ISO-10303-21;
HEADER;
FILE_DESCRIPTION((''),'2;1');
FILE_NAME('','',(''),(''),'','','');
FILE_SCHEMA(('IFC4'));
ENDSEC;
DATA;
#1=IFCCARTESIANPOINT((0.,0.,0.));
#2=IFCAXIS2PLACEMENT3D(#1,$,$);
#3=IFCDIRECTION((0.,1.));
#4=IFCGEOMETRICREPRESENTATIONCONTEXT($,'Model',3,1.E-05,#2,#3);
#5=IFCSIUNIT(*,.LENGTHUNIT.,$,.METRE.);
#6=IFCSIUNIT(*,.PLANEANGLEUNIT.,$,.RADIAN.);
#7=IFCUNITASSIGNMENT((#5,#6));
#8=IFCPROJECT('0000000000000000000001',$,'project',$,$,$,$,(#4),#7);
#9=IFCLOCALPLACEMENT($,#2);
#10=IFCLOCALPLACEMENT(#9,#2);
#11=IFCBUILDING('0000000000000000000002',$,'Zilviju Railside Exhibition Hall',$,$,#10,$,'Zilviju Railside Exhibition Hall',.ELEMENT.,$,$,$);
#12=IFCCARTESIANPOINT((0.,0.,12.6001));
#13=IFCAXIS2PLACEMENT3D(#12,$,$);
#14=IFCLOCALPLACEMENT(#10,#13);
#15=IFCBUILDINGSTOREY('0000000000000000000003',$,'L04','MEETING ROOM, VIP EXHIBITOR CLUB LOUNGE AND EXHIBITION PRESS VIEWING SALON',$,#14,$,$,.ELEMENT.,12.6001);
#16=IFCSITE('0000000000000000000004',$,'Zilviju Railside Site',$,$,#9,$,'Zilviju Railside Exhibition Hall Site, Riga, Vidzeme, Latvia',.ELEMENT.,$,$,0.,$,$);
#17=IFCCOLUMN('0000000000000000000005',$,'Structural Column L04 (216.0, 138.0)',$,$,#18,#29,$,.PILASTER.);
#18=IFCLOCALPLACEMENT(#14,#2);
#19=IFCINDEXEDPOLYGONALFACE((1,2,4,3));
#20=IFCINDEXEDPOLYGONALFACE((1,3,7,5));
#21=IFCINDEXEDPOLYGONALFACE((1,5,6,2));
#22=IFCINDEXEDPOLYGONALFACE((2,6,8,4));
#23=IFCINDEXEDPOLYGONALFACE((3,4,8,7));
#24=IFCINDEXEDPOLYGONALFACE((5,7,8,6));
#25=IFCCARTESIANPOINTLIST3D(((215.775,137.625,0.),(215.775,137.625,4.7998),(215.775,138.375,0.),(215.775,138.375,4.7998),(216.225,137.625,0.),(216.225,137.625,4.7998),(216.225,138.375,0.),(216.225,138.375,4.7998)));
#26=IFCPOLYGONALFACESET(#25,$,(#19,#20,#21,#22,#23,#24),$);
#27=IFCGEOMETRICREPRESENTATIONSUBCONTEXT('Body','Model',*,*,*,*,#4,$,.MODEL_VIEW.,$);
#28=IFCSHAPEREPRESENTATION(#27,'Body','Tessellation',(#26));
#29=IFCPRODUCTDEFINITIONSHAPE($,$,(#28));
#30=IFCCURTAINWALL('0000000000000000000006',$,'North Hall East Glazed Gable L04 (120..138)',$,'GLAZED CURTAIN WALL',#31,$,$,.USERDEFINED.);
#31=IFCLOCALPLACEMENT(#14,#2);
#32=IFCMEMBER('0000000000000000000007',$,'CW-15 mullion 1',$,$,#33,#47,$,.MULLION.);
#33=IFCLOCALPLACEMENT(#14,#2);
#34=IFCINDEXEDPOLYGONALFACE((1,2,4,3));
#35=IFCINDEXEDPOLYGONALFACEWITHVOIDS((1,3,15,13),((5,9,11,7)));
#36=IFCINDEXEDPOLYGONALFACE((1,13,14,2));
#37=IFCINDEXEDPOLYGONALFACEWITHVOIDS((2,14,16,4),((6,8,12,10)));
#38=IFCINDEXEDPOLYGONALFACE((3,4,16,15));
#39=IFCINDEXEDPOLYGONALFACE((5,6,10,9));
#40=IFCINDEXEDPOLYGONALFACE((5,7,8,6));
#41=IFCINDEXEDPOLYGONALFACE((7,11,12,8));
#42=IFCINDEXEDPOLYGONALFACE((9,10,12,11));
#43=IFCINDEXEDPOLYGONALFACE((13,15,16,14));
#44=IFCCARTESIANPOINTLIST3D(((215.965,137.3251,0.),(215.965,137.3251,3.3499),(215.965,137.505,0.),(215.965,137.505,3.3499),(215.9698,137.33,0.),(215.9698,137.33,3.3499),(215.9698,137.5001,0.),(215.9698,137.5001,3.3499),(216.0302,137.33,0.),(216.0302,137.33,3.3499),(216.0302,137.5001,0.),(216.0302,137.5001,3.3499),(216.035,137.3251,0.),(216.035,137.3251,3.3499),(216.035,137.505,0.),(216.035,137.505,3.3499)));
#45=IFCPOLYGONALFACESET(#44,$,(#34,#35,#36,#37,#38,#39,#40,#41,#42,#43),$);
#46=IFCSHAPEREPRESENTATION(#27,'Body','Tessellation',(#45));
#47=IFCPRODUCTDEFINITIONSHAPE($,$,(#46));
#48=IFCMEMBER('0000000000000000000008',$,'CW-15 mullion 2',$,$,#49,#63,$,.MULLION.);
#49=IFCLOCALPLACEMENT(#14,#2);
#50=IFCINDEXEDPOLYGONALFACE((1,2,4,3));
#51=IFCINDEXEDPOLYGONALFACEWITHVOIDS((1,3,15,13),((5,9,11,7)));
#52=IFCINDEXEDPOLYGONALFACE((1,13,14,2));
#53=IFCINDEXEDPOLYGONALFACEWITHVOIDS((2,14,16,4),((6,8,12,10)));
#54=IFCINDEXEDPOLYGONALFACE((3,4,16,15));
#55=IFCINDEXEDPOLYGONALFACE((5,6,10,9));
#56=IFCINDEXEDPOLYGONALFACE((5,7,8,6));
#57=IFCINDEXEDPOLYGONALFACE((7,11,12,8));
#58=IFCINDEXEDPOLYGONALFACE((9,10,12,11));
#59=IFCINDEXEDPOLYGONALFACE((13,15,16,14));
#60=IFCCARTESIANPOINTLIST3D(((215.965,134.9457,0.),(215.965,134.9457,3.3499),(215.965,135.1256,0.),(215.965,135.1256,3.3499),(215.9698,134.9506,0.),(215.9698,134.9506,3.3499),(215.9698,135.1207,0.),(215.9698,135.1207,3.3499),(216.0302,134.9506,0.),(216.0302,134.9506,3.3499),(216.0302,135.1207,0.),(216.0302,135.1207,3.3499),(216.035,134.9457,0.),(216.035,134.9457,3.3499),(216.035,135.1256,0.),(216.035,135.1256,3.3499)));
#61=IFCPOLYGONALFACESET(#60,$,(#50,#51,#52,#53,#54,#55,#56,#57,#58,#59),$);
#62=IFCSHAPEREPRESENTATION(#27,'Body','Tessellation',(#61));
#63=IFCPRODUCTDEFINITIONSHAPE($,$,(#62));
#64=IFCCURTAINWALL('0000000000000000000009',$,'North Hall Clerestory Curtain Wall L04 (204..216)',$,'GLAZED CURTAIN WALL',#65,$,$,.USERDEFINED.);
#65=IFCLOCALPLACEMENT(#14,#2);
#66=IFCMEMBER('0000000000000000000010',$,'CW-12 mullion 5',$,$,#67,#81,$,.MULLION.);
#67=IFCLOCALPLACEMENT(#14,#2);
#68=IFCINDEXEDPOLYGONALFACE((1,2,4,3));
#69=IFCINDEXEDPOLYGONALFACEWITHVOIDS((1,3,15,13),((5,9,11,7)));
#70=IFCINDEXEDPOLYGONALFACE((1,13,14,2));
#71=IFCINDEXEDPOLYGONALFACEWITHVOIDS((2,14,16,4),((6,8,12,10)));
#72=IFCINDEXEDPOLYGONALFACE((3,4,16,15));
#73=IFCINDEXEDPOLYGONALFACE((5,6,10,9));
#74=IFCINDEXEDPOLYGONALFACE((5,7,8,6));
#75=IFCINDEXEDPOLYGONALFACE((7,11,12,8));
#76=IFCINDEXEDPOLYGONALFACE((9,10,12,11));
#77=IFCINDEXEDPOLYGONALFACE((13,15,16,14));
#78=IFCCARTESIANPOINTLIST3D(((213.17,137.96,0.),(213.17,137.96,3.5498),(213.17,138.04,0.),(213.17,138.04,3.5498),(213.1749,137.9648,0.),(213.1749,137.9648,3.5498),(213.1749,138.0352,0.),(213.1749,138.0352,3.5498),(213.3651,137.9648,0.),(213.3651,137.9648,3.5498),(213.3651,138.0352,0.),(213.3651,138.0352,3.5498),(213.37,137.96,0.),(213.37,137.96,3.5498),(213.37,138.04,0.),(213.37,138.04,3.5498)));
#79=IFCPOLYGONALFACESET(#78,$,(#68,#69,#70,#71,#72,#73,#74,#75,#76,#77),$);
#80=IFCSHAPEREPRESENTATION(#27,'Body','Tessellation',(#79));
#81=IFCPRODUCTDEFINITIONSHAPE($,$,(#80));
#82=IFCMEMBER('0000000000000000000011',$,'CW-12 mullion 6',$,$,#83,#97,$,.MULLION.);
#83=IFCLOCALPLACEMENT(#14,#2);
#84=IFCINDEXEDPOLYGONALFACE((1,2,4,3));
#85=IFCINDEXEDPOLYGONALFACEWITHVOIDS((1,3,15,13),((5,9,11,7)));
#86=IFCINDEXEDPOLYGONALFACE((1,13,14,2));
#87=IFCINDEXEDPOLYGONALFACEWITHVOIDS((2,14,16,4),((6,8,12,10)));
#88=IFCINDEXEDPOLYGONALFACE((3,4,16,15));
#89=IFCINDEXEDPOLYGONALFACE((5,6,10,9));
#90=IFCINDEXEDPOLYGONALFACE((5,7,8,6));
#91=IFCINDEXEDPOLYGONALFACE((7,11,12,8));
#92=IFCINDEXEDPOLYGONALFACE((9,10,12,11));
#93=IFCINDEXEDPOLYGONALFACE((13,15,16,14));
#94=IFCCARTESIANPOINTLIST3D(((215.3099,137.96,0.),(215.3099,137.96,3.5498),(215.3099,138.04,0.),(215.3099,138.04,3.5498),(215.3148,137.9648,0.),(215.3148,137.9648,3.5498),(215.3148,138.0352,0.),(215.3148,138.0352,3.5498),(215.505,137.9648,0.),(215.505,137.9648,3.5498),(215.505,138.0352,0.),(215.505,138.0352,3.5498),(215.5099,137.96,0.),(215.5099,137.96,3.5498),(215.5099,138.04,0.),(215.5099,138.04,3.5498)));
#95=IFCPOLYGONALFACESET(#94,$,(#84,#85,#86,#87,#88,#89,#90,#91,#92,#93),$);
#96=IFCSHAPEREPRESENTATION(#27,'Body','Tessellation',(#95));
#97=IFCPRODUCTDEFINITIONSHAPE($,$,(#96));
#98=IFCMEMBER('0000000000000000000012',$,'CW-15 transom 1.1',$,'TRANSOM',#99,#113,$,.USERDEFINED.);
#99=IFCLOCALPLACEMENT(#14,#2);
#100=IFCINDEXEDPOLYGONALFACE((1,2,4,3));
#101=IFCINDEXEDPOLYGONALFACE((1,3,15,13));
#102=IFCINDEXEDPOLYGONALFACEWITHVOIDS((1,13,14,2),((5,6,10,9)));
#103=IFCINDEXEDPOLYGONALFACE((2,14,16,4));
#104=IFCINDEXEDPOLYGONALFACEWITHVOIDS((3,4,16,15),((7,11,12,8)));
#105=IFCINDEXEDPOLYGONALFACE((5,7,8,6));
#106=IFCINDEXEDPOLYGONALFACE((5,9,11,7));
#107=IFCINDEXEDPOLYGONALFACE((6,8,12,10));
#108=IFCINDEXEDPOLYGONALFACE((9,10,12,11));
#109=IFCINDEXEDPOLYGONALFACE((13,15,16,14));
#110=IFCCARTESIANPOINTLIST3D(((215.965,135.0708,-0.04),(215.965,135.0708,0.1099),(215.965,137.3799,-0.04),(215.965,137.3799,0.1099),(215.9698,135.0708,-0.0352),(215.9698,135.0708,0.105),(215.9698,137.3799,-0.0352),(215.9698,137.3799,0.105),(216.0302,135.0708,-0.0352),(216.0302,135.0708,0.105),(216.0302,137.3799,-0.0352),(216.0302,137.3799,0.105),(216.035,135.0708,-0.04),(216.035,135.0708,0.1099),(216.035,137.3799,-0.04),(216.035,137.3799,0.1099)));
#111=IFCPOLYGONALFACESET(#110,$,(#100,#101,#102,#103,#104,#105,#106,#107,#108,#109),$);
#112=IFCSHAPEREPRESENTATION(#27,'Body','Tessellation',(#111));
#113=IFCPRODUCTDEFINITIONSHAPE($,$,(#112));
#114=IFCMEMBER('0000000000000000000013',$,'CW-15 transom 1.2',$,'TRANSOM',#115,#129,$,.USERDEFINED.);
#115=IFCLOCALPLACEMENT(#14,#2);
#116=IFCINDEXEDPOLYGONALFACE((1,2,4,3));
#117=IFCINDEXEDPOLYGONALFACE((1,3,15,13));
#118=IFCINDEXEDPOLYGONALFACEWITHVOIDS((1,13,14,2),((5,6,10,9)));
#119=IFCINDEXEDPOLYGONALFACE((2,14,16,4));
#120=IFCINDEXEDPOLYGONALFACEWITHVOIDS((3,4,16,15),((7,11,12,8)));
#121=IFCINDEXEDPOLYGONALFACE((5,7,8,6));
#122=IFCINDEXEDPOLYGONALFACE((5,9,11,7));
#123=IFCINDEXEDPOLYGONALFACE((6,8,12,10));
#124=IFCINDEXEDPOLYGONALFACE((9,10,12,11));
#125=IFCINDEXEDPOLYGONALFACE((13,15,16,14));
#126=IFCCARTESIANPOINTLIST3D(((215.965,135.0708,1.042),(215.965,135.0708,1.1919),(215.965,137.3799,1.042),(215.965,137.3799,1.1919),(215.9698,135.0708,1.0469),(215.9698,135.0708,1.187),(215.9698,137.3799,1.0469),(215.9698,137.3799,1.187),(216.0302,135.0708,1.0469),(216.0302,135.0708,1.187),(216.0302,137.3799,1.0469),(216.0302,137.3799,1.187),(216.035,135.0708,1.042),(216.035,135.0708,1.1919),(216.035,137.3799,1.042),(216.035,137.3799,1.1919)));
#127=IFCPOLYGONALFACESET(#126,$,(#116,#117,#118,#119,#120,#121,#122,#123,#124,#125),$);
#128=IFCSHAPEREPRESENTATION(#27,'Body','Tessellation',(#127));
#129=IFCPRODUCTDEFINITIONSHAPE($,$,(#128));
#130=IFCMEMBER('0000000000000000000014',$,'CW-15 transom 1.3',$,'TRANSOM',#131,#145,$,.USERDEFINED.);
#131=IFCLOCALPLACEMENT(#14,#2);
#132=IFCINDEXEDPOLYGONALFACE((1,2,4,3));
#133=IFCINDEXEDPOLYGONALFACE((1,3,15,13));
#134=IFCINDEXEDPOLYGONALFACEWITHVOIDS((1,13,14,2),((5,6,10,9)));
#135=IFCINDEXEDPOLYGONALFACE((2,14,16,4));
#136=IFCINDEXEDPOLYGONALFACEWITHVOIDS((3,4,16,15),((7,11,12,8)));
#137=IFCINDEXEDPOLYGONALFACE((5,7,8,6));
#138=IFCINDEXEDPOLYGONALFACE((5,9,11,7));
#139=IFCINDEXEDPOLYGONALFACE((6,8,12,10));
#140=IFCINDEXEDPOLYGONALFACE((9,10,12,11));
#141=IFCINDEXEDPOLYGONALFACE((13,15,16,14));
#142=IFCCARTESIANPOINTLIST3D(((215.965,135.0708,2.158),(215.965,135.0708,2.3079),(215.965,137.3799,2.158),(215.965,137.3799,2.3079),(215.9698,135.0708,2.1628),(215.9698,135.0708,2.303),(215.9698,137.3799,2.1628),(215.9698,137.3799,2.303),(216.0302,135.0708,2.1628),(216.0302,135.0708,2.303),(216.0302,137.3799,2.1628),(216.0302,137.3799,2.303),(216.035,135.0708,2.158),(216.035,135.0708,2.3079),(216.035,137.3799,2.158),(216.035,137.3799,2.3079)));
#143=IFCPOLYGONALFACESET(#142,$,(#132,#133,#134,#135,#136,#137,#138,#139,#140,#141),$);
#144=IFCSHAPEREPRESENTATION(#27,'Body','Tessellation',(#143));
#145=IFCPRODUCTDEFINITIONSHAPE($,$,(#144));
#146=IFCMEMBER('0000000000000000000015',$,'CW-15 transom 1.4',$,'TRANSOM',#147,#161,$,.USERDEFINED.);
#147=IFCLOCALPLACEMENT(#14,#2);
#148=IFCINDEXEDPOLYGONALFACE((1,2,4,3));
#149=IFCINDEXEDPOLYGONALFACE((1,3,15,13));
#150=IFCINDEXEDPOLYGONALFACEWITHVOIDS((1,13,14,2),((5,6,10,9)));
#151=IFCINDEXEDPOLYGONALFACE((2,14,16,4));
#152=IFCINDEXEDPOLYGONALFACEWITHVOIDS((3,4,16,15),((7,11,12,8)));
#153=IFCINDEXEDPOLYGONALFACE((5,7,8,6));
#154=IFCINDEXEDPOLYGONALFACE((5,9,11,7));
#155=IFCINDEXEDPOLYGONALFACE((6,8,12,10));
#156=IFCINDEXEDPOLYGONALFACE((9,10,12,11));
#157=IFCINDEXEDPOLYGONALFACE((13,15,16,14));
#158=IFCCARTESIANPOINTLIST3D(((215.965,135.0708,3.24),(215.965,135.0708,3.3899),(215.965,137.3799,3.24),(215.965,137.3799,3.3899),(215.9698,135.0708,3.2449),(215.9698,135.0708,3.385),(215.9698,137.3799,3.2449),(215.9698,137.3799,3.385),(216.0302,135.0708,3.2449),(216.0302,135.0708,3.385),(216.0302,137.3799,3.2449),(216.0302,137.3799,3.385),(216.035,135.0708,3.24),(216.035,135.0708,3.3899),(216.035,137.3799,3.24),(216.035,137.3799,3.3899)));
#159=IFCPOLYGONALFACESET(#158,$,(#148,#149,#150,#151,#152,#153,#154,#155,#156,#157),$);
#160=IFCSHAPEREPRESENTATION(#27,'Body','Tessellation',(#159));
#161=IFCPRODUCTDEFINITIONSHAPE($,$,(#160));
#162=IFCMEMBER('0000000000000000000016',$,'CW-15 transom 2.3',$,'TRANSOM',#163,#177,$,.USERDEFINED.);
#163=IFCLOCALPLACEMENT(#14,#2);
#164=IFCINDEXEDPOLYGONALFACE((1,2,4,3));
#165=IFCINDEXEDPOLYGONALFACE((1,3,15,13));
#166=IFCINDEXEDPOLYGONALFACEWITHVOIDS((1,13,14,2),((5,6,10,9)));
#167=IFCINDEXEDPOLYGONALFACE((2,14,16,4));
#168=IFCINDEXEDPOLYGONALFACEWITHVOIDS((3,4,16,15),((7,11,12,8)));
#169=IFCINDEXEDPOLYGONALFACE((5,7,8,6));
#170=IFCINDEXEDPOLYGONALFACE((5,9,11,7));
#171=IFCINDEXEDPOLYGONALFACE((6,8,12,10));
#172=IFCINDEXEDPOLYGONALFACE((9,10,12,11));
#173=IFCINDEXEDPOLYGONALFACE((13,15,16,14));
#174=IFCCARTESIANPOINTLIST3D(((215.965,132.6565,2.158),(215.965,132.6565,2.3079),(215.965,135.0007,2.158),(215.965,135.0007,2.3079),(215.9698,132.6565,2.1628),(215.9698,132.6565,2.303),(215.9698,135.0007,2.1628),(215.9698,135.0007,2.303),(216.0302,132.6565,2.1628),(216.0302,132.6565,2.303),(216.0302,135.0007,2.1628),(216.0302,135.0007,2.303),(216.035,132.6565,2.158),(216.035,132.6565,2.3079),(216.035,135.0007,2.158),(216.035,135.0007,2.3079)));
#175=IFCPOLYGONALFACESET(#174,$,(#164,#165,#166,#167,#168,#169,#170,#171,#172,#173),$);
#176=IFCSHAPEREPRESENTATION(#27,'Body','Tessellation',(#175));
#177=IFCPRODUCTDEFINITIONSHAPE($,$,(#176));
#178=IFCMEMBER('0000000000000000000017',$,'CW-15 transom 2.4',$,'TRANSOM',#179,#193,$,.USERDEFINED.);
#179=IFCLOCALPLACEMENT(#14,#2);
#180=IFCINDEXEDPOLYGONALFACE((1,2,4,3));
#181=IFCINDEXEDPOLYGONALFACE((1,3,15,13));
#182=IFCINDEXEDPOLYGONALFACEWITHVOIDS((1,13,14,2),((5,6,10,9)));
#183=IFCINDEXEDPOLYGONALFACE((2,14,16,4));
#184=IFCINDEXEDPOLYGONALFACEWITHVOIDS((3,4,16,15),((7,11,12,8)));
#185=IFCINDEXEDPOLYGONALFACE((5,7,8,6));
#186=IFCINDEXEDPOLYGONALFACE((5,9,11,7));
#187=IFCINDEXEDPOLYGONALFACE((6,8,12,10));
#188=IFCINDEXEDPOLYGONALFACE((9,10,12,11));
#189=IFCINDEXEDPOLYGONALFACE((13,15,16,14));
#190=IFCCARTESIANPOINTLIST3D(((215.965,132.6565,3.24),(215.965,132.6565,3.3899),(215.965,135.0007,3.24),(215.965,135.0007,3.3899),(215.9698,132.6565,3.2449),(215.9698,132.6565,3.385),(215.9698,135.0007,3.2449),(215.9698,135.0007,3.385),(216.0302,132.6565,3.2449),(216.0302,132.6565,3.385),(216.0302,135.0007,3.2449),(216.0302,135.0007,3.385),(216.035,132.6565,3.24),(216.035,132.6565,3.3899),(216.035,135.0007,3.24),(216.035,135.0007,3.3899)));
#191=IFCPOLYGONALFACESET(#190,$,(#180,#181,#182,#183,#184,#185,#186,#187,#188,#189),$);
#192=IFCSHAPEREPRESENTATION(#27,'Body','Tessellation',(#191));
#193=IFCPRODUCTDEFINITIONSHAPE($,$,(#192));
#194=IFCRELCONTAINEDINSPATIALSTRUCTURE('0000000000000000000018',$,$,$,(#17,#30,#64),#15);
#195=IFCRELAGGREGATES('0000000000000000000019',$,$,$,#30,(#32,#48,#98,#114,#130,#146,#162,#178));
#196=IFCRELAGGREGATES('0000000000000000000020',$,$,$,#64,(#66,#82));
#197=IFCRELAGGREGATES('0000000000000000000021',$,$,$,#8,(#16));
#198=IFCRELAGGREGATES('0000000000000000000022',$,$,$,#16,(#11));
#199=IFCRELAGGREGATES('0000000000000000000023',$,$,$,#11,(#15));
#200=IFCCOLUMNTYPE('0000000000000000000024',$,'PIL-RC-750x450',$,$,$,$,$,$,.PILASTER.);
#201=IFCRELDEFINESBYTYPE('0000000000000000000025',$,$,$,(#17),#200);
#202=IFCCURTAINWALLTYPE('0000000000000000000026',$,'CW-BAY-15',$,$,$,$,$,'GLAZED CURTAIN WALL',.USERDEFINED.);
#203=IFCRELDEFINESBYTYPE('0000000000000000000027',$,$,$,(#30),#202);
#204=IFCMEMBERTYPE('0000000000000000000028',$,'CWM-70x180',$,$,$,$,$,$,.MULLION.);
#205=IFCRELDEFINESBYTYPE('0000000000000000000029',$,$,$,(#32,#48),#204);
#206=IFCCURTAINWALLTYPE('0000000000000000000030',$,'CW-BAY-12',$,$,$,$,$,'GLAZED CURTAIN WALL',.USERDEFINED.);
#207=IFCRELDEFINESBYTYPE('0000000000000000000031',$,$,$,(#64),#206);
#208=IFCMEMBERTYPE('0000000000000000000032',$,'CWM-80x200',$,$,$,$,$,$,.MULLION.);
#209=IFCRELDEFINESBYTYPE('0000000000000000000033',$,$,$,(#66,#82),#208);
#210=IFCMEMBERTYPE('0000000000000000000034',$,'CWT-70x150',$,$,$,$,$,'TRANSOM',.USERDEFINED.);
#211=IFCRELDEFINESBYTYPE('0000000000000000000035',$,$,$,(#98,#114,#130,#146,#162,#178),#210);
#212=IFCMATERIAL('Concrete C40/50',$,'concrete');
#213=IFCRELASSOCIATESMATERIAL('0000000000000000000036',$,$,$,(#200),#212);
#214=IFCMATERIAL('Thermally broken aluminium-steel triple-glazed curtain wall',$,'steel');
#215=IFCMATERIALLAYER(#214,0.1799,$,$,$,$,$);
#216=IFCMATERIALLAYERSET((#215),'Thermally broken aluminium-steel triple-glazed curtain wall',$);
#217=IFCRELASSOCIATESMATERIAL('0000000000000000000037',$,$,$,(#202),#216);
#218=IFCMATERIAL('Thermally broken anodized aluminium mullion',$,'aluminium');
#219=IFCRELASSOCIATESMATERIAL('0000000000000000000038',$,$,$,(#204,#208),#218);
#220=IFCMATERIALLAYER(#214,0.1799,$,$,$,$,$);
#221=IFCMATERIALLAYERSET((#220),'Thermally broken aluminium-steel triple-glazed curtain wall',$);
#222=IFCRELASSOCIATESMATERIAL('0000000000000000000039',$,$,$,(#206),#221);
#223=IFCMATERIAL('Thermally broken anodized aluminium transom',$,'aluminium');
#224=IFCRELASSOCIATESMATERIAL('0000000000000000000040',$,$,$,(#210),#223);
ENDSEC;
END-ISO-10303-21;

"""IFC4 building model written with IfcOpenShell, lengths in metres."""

from ifc_helpers import new_model, si_unit, direction, frame, origin, origin_2d, place, context, subcontext, project, spatial, rectangle, hollow_rectangle, extrude, material, layer, layer_set, material_profile, profile_set, type_object, element, aggregate, save


model = new_model("IFC4")

# Units and contexts
model_context = context("Model", 3, precision=1e-05, world=origin(), true_north=direction((0.0, 1.0)))
body_context = subcontext(model_context, "Body", "Model", "MODEL_VIEW")
ifc_project = project(units=[si_unit("LENGTHUNIT", "METRE"), si_unit("PLANEANGLEUNIT", "RADIAN")], contexts=[model_context])

# Site, building, storey
site_placement = place(None, origin())
site = spatial("IfcSite", under=ifc_project, at=site_placement, Name="Zilviju Railside Site", LongName="Zilviju Railside Exhibition Hall Site, Riga, Vidzeme, Latvia", CompositionType="ELEMENT", RefElevation=0.0)
building_placement = place(site_placement, origin())
building = spatial("IfcBuilding", under=site, at=building_placement, Name="Zilviju Railside Exhibition Hall", LongName="Zilviju Railside Exhibition Hall", CompositionType="ELEMENT")
storey_placement = place(building_placement, frame((0.0, 0.0, 12.6001)))
storey = spatial("IfcBuildingStorey", under=building, at=storey_placement, Name="L04", Description="MEETING ROOM, VIP EXHIBITOR CLUB LOUNGE AND EXHIBITION PRESS VIEWING SALON", CompositionType="ELEMENT", Elevation=12.6001)

# Column
ifc_material_1 = material(Name="Concrete C40/50", Category="concrete")
ifc_material_profile_1 = material_profile(ifc_material_1, rectangle(XDim=0.45, YDim=0.75, at=origin_2d()), Name="RC COL 450x750")
ifc_profile_set_1 = profile_set([ifc_material_profile_1], Name="Concrete C40/50")
column_type = type_object("IfcColumnType", Name="PIL-RC-750x450", PredefinedType="PILASTER", material=ifc_profile_set_1)
column_placement = place(storey_placement, frame((216.0, 138.0, 0.0), z_axis=(0.0, 0.0, 1.0), x_axis=(1.0, 0.0, 0.0)))
element("IfcColumn", 1, at=column_placement, inside=storey, type_object=column_type, Name="Structural Column L04 (216.0, 138.0)", PredefinedType="PILASTER", context=body_context, shape_type="SweptSolid", body=[
    extrude(rectangle(XDim=0.45, YDim=0.75, at=origin_2d()), origin(), (0.0, 0.0, 1.0), 4.7998),
])

# Curtain walls, members
ifc_material_2 = material(Name="Thermally broken aluminium-steel triple-glazed curtain wall", Category="steel")
ifc_layer_1 = layer(ifc_material_2, 0.1799)
ifc_layer_set_1 = layer_set([ifc_layer_1], Name="Thermally broken aluminium-steel triple-glazed curtain wall")
curtain_wall_type_1 = type_object("IfcCurtainWallType", Name="CW-BAY-15", ElementType="GLAZED CURTAIN WALL", PredefinedType="USERDEFINED", material=ifc_layer_set_1)
curtain_wall_1_placement = place(storey_placement, origin())
curtain_wall_1 = element("IfcCurtainWall", 2, at=curtain_wall_1_placement, inside=storey, type_object=curtain_wall_type_1, Name="North Hall East Glazed Gable L04 (120..138)", ObjectType="GLAZED CURTAIN WALL", PredefinedType="USERDEFINED")
ifc_material_3 = material(Name="Thermally broken anodized aluminium mullion", Category="aluminium")
ifc_material_profile_2 = material_profile(ifc_material_3, hollow_rectangle(XDim=0.0701, YDim=0.1799, WallThickness=0.0049, at=origin_2d()), Name="MULLION 180x70x5")
ifc_profile_set_2 = profile_set([ifc_material_profile_2], Name="Thermally broken anodized aluminium mullion")
member_type_1 = type_object("IfcMemberType", Name="CWM-70x180", PredefinedType="MULLION", material=ifc_profile_set_2)
member_1_placement = place(storey_placement, frame((216.0, 137.415, 0.0), z_axis=(0.0, 0.0, 1.0), x_axis=(1.0, 0.0, 0.0)))
member_1 = element("IfcMember", 3, at=member_1_placement, type_object=member_type_1, Name="CW-15 mullion 1", PredefinedType="MULLION", context=body_context, shape_type="SweptSolid", body=[
    extrude(hollow_rectangle(XDim=0.0701, YDim=0.1799, WallThickness=0.0049, at=origin_2d()), origin(), (0.0, 0.0, 1.0), 3.3499),
])
member_2_placement = place(storey_placement, frame((216.0, 135.0356, 0.0), z_axis=(0.0, 0.0, 1.0), x_axis=(1.0, 0.0, 0.0)))
member_2 = element("IfcMember", 4, at=member_2_placement, type_object=member_type_1, Name="CW-15 mullion 2", PredefinedType="MULLION", context=body_context, shape_type="SweptSolid", body=[
    extrude(hollow_rectangle(XDim=0.0701, YDim=0.1799, WallThickness=0.0049, at=origin_2d()), origin(), (0.0, 0.0, 1.0), 3.3499),
])
ifc_layer_2 = layer(ifc_material_2, 0.1799)
ifc_layer_set_2 = layer_set([ifc_layer_2], Name="Thermally broken aluminium-steel triple-glazed curtain wall")
curtain_wall_type_2 = type_object("IfcCurtainWallType", Name="CW-BAY-12", ElementType="GLAZED CURTAIN WALL", PredefinedType="USERDEFINED", material=ifc_layer_set_2)
curtain_wall_2_placement = place(storey_placement, origin())
curtain_wall_2 = element("IfcCurtainWall", 5, at=curtain_wall_2_placement, inside=storey, type_object=curtain_wall_type_2, Name="North Hall Clerestory Curtain Wall L04 (204..216)", ObjectType="GLAZED CURTAIN WALL", PredefinedType="USERDEFINED")
ifc_material_profile_3 = material_profile(ifc_material_3, hollow_rectangle(XDim=0.0801, YDim=0.2, WallThickness=0.0049, at=origin_2d()), Name="MULLION 200x80x5")
ifc_profile_set_3 = profile_set([ifc_material_profile_3], Name="Thermally broken anodized aluminium mullion")
member_type_2 = type_object("IfcMemberType", Name="CWM-80x200", PredefinedType="MULLION", material=ifc_profile_set_3)
member_3_placement = place(storey_placement, frame((213.27, 138.0, 0.0), z_axis=(0.0, 0.0, 1.0), x_axis=(0.0, 1.0, 0.0)))
member_3 = element("IfcMember", 6, at=member_3_placement, type_object=member_type_2, Name="CW-12 mullion 5", PredefinedType="MULLION", context=body_context, shape_type="SweptSolid", body=[
    extrude(hollow_rectangle(XDim=0.0801, YDim=0.2, WallThickness=0.0049, at=origin_2d()), origin(), (0.0, 0.0, 1.0), 3.5498),
])
member_4_placement = place(storey_placement, frame((215.4099, 138.0, 0.0), z_axis=(0.0, 0.0, 1.0), x_axis=(0.0, 1.0, 0.0)))
member_4 = element("IfcMember", 7, at=member_4_placement, type_object=member_type_2, Name="CW-12 mullion 6", PredefinedType="MULLION", context=body_context, shape_type="SweptSolid", body=[
    extrude(hollow_rectangle(XDim=0.0801, YDim=0.2, WallThickness=0.0049, at=origin_2d()), origin(), (0.0, 0.0, 1.0), 3.5498),
])

# Members
ifc_material_4 = material(Name="Thermally broken anodized aluminium transom", Category="aluminium")
ifc_material_profile_4 = material_profile(ifc_material_4, hollow_rectangle(XDim=0.0701, YDim=0.1499, WallThickness=0.0049, at=origin_2d()), Name="TRANSOM 150x70x5")
ifc_profile_set_4 = profile_set([ifc_material_profile_4], Name="Thermally broken anodized aluminium transom")
member_type_3 = type_object("IfcMemberType", Name="CWT-70x150", ElementType="TRANSOM", PredefinedType="USERDEFINED", material=ifc_profile_set_4)
member_5_placement = place(storey_placement, frame((216.0, 137.3799, 0.0349), z_axis=(0.0, -1.0, 0.0), x_axis=(1.0, 0.0, 0.0)))
member_5 = element("IfcMember", 8, at=member_5_placement, type_object=member_type_3, Name="CW-15 transom 1.1", ObjectType="TRANSOM", PredefinedType="USERDEFINED", context=body_context, shape_type="SweptSolid", body=[
    extrude(hollow_rectangle(XDim=0.0701, YDim=0.1499, WallThickness=0.0049, at=origin_2d()), origin(), (0.0, 0.0, 1.0), 2.3091),
])
member_6_placement = place(storey_placement, frame((216.0, 137.3799, 1.1169), z_axis=(0.0, -1.0, 0.0), x_axis=(1.0, 0.0, 0.0)))
member_6 = element("IfcMember", 9, at=member_6_placement, type_object=member_type_3, Name="CW-15 transom 1.2", ObjectType="TRANSOM", PredefinedType="USERDEFINED", context=body_context, shape_type="SweptSolid", body=[
    extrude(hollow_rectangle(XDim=0.0701, YDim=0.1499, WallThickness=0.0049, at=origin_2d()), origin(), (0.0, 0.0, 1.0), 2.3091),
])
member_7_placement = place(storey_placement, frame((216.0, 137.3799, 2.2329), z_axis=(0.0, -1.0, 0.0), x_axis=(1.0, 0.0, 0.0)))
member_7 = element("IfcMember", 10, at=member_7_placement, type_object=member_type_3, Name="CW-15 transom 1.3", ObjectType="TRANSOM", PredefinedType="USERDEFINED", context=body_context, shape_type="SweptSolid", body=[
    extrude(hollow_rectangle(XDim=0.0701, YDim=0.1499, WallThickness=0.0049, at=origin_2d()), origin(), (0.0, 0.0, 1.0), 2.3091),
])
member_8_placement = place(storey_placement, frame((216.0, 137.3799, 3.3149), z_axis=(0.0, -1.0, 0.0), x_axis=(1.0, 0.0, 0.0)))
member_8 = element("IfcMember", 11, at=member_8_placement, type_object=member_type_3, Name="CW-15 transom 1.4", ObjectType="TRANSOM", PredefinedType="USERDEFINED", context=body_context, shape_type="SweptSolid", body=[
    extrude(hollow_rectangle(XDim=0.0701, YDim=0.1499, WallThickness=0.0049, at=origin_2d()), origin(), (0.0, 0.0, 1.0), 2.3091),
])
member_9_placement = place(storey_placement, frame((216.0, 135.0007, 2.2329), z_axis=(0.0, -1.0, 0.0), x_axis=(1.0, 0.0, 0.0)))
member_9 = element("IfcMember", 12, at=member_9_placement, type_object=member_type_3, Name="CW-15 transom 2.3", ObjectType="TRANSOM", PredefinedType="USERDEFINED", context=body_context, shape_type="SweptSolid", body=[
    extrude(hollow_rectangle(XDim=0.0701, YDim=0.1499, WallThickness=0.0049, at=origin_2d()), origin(), (0.0, 0.0, 1.0), 2.3442),
])
member_10_placement = place(storey_placement, frame((216.0, 135.0007, 3.3149), z_axis=(0.0, -1.0, 0.0), x_axis=(1.0, 0.0, 0.0)))
member_10 = element("IfcMember", 13, at=member_10_placement, type_object=member_type_3, Name="CW-15 transom 2.4", ObjectType="TRANSOM", PredefinedType="USERDEFINED", context=body_context, shape_type="SweptSolid", body=[
    extrude(hollow_rectangle(XDim=0.0701, YDim=0.1499, WallThickness=0.0049, at=origin_2d()), origin(), (0.0, 0.0, 1.0), 2.3442),
])

aggregate(curtain_wall_1, [member_1, member_2, member_5, member_6, member_7, member_8, member_9, member_10])
aggregate(curtain_wall_2, [member_3, member_4])

save(model, "model.ifc")
